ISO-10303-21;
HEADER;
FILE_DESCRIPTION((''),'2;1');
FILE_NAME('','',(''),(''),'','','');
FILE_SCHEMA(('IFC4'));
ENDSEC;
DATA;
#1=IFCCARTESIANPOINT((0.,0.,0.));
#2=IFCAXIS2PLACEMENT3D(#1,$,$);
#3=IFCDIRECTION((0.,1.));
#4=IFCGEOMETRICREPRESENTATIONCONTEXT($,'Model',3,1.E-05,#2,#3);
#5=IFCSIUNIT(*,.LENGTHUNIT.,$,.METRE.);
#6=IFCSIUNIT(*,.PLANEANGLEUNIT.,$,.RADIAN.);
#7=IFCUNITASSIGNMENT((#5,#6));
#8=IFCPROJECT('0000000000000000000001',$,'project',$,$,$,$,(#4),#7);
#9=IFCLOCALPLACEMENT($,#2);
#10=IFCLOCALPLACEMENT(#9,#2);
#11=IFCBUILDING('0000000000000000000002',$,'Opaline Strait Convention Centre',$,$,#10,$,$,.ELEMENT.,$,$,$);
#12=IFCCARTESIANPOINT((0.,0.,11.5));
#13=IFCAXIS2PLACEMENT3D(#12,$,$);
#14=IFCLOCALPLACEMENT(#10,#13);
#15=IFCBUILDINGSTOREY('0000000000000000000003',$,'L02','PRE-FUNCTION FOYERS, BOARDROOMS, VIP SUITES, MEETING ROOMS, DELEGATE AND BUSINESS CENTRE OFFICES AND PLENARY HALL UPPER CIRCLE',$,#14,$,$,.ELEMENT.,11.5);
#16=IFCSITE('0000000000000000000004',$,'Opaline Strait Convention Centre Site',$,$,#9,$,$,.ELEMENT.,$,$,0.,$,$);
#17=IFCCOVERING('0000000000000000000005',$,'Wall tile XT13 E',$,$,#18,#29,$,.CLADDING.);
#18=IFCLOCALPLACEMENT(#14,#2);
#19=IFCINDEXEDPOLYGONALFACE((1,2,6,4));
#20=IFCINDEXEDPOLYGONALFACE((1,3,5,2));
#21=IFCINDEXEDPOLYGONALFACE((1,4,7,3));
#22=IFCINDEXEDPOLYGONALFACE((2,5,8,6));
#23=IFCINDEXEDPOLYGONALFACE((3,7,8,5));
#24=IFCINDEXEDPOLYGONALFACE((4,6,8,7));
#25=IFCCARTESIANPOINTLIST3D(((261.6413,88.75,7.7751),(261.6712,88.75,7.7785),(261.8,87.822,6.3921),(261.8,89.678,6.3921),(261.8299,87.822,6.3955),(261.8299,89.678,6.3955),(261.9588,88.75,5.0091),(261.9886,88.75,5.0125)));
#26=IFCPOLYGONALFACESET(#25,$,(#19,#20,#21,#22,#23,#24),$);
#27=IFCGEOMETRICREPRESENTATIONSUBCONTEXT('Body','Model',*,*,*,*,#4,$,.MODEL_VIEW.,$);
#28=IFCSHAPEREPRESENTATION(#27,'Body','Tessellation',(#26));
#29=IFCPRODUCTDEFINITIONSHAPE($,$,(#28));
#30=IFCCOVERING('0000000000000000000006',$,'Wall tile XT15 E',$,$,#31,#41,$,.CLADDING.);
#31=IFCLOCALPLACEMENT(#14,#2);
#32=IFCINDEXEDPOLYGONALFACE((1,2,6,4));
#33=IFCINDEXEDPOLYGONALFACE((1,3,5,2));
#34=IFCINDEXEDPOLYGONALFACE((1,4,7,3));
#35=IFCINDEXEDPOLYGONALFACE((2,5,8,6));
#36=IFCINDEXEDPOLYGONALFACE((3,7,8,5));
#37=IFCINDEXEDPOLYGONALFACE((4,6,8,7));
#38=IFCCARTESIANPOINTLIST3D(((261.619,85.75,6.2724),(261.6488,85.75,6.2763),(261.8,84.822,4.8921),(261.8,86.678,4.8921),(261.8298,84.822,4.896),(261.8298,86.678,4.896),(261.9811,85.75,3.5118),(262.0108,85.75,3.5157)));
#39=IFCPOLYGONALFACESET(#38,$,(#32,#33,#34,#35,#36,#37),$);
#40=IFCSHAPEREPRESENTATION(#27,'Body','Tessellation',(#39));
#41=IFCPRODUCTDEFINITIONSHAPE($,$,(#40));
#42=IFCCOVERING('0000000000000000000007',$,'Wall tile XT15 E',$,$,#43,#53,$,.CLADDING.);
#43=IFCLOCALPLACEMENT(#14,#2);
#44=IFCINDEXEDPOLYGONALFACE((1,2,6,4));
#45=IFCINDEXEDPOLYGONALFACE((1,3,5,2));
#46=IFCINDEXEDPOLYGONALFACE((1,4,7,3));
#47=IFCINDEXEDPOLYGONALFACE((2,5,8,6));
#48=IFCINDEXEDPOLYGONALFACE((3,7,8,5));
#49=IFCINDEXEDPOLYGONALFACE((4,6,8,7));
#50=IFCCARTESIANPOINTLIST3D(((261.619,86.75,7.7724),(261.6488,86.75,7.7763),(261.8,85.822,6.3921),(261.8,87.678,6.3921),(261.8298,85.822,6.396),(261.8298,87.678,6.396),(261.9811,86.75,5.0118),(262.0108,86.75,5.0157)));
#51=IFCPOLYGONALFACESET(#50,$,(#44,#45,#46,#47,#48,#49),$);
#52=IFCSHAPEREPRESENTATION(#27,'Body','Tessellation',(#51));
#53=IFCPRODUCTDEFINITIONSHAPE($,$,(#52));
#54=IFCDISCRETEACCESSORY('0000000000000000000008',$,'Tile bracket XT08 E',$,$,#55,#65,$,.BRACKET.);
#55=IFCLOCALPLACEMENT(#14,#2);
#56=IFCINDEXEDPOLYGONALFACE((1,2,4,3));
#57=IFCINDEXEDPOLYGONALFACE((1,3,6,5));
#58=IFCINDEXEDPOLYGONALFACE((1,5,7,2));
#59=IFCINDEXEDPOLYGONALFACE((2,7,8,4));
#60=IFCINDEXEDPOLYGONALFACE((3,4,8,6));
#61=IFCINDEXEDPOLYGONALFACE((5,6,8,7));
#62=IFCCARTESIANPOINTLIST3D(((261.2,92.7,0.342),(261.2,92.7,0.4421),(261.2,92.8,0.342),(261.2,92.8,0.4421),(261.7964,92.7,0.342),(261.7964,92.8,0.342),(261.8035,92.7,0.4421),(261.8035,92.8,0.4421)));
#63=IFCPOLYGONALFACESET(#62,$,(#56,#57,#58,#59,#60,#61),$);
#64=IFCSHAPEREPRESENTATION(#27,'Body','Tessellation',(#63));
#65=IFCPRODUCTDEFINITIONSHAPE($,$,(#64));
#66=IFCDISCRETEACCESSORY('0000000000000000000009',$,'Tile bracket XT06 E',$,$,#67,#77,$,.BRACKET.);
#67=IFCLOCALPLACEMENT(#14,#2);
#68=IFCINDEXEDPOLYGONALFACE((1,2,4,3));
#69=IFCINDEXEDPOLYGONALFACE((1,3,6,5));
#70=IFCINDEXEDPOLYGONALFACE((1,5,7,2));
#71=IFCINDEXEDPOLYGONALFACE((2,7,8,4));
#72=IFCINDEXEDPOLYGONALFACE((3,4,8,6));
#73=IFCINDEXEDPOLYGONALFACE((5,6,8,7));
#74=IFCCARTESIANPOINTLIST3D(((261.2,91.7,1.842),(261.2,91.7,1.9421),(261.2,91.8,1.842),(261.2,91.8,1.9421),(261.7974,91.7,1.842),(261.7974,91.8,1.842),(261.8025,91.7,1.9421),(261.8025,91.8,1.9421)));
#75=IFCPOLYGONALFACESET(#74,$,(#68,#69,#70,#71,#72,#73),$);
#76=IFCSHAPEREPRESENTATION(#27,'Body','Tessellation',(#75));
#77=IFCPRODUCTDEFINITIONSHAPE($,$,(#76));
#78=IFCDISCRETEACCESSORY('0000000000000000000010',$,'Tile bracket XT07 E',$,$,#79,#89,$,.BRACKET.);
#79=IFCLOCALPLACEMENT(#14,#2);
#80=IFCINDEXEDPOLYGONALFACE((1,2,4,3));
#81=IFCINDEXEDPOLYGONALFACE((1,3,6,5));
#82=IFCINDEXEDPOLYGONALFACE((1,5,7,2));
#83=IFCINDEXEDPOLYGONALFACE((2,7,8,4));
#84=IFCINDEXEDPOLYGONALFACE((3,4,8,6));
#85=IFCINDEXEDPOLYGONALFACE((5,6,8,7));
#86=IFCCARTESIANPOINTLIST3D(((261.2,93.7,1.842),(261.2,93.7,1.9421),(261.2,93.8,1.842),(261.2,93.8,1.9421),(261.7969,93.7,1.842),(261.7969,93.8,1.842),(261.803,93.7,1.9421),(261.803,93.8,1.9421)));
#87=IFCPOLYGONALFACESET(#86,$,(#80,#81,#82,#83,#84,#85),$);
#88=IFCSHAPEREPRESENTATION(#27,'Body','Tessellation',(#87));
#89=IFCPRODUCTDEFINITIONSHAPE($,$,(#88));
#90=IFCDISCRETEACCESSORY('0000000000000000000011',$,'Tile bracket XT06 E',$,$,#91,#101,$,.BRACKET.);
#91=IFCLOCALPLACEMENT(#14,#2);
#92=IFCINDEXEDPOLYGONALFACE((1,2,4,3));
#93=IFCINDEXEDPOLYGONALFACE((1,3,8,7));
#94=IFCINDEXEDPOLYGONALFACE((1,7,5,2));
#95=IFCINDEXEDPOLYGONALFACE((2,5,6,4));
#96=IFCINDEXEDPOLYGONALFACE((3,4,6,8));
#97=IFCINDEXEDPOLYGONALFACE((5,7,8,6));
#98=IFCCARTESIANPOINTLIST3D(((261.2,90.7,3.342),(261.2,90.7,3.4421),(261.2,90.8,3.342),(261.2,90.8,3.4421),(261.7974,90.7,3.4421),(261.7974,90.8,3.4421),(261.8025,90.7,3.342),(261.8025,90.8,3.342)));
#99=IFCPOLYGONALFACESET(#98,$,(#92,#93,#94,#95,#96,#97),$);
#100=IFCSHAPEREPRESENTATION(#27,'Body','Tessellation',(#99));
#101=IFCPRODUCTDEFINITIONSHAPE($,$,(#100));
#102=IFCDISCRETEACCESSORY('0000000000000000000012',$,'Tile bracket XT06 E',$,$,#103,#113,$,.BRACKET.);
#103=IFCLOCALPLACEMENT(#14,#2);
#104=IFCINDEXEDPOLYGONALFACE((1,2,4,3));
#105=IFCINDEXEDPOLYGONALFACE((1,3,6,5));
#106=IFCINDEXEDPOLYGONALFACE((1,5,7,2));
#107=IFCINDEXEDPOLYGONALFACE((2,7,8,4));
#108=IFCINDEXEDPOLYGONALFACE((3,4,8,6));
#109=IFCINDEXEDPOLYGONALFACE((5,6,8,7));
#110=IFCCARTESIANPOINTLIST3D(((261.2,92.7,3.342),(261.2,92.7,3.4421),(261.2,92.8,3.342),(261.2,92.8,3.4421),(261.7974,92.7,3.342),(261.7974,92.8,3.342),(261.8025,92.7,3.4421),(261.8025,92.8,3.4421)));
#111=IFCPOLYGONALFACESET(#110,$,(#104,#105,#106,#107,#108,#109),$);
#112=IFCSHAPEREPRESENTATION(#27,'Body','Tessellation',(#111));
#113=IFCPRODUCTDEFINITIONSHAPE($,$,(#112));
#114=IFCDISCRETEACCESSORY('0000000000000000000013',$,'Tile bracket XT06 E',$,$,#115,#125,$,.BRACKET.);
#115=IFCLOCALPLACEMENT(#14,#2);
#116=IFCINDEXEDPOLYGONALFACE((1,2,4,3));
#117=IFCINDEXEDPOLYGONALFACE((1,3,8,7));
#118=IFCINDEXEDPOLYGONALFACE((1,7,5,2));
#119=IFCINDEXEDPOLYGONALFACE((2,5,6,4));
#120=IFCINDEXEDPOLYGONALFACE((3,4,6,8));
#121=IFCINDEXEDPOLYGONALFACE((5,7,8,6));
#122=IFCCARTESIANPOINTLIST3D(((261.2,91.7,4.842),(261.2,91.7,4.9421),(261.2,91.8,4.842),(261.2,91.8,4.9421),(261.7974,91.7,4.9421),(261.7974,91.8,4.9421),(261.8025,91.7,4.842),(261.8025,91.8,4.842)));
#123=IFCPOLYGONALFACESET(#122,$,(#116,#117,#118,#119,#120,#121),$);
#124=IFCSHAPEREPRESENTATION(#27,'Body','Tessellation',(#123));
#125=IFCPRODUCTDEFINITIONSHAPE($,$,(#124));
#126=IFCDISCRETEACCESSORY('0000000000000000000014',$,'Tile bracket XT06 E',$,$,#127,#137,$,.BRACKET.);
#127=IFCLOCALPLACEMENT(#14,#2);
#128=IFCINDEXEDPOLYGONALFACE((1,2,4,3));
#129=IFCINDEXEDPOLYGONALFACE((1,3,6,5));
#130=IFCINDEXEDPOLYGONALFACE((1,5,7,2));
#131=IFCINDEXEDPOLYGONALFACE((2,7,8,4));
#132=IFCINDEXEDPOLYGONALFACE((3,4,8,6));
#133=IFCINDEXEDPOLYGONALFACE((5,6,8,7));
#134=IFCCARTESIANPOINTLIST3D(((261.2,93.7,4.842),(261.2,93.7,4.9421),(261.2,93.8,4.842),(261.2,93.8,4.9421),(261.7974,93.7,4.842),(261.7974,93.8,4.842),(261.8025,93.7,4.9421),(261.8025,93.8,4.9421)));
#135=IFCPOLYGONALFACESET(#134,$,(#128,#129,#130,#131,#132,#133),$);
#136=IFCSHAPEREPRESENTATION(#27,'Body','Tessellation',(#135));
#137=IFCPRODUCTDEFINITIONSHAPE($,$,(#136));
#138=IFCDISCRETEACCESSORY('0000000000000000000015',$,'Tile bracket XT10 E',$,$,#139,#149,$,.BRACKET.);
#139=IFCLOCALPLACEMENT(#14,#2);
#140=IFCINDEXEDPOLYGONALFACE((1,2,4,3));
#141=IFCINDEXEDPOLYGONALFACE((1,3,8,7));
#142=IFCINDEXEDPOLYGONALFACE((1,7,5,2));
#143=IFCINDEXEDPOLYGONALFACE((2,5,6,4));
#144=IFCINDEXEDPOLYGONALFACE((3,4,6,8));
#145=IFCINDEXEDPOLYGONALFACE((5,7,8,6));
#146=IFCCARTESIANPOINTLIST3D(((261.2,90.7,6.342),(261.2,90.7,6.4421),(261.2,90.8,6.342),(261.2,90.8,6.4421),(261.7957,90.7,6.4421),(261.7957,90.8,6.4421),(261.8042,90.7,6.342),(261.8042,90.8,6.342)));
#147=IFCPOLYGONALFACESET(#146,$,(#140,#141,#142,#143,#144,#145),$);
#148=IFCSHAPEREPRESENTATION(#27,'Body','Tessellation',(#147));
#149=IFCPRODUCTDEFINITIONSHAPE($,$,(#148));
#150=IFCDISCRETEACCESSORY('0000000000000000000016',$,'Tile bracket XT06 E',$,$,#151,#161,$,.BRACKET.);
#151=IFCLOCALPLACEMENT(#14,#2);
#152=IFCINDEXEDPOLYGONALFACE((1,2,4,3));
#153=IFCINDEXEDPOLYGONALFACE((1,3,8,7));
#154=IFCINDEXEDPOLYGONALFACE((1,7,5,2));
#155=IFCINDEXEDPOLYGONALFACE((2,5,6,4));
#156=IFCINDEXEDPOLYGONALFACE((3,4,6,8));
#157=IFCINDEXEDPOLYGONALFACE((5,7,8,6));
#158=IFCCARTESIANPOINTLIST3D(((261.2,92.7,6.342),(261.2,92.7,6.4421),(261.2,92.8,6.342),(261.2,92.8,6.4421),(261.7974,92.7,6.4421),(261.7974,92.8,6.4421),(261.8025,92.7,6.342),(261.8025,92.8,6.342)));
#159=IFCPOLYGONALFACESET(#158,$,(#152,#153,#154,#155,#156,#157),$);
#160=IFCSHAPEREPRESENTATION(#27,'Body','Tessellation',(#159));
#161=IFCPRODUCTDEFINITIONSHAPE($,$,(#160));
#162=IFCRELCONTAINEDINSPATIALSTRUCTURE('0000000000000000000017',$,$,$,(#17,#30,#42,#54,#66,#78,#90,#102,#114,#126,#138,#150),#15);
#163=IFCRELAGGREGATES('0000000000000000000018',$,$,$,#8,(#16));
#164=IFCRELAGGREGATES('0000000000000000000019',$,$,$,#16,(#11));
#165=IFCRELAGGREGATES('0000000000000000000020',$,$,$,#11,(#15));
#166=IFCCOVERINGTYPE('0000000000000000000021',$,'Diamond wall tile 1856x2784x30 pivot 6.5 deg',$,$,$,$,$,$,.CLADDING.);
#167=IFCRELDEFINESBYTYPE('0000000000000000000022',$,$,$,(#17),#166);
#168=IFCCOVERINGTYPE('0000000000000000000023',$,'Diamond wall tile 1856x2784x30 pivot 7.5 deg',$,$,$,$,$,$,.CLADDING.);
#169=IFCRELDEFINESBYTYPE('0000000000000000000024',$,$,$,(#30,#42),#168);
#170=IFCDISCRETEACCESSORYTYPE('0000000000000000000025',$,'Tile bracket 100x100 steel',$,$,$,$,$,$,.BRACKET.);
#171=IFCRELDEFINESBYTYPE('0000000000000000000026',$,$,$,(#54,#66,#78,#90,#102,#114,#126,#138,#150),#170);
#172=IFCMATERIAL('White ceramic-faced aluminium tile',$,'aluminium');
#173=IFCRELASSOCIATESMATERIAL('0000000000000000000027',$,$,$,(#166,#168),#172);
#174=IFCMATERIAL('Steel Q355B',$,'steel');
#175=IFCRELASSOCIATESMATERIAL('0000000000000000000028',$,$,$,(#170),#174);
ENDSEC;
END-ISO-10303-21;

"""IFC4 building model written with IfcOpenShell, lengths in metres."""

from ifc_helpers import new_model, si_unit, direction, frame, origin, place, context, subcontext, project, spatial, polyline, outline, extrude, material, material_profile, profile_set, type_object, element, save


model = new_model("IFC4")

# Units and contexts
model_context = context("Model", 3, precision=1e-05, world=origin(), true_north=direction((0.0, 1.0)))
body_context = subcontext(model_context, "Body", "Model", "MODEL_VIEW")
ifc_project = project(units=[si_unit("LENGTHUNIT", "METRE"), si_unit("PLANEANGLEUNIT", "RADIAN")], contexts=[model_context])

# Site, building, storey
site_placement = place(None, origin())
site = spatial("IfcSite", under=ifc_project, at=site_placement, Name="Opaline Strait Convention Centre Site", CompositionType="ELEMENT", RefElevation=0.0)
building_placement = place(site_placement, origin())
building = spatial("IfcBuilding", under=site, at=building_placement, Name="Opaline Strait Convention Centre", CompositionType="ELEMENT")
storey_placement = place(building_placement, frame((0.0, 0.0, 11.5)))
storey = spatial("IfcBuildingStorey", under=building, at=storey_placement, Name="L02", Description="PRE-FUNCTION FOYERS, BOARDROOMS, VIP SUITES, MEETING ROOMS, DELEGATE AND BUSINESS CENTRE OFFICES AND PLENARY HALL UPPER CIRCLE", CompositionType="ELEMENT", Elevation=11.5)

# Shared definitions
ifc_material_1 = material(Name="Steel Q355B", Category="steel")

# Coverings
ifc_material_2 = material(Name="White ceramic-faced aluminium tile", Category="aluminium")
ifc_material_profile_1 = material_profile(ifc_material_2, outline(polyline([(0.928, 0.0), (0.0, 1.3921), (-0.928, 0.0), (0.0, -1.3921), (0.928, 0.0)])), Name="Diamond tile 1856x2784")
ifc_profile_set_1 = profile_set([ifc_material_profile_1], Name="White ceramic-faced aluminium tile")
covering_type_1 = type_object("IfcCoveringType", Name="Diamond wall tile 1856x2784x30 pivot 6.5 deg", PredefinedType="CLADDING", material=ifc_profile_set_1)
for number, where, z_axis, x_axis, name in (
    (1, (261.8, 88.75, 6.3921), (0.99348, 0.0, 0.114006), (0.0, 1.0, 0.0), "Wall tile XT13 E"),
):
    element("IfcCovering", number, at=place(storey_placement, frame(where, z_axis=z_axis, x_axis=x_axis)), inside=storey, type_object=covering_type_1, Name=name, PredefinedType="CLADDING", context=body_context, shape_type="SweptSolid", body=[
        extrude(outline(polyline([(0.928, 0.0), (0.0, 1.3921), (-0.928, 0.0), (0.0, -1.3921), (0.928, 0.0)])), origin(), (0.0, 0.0, 1.0), 0.03),
    ])
ifc_material_profile_2 = material_profile(ifc_material_2, outline(polyline([(0.928, 0.0), (0.0, 1.3921), (-0.928, 0.0), (0.0, -1.3921), (0.928, 0.0)])), Name="Diamond tile 1856x2784")
ifc_profile_set_2 = profile_set([ifc_material_profile_2], Name="White ceramic-faced aluminium tile")
covering_type_2 = type_object("IfcCoveringType", Name="Diamond wall tile 1856x2784x30 pivot 7.5 deg", PredefinedType="CLADDING", material=ifc_profile_set_2)
for number, where, z_axis, x_axis, name in (
    (2, (261.8, 85.75, 4.8921), (0.99151, 0.0, 0.130034), (0.0, 1.0, 0.0), "Wall tile XT15 E"),
    (3, (261.8, 86.75, 6.3921), (0.99151, 0.0, 0.130034), (0.0, 1.0, 0.0), "Wall tile XT15 E"),
):
    element("IfcCovering", number, at=place(storey_placement, frame(where, z_axis=z_axis, x_axis=x_axis)), inside=storey, type_object=covering_type_2, Name=name, PredefinedType="CLADDING", context=body_context, shape_type="SweptSolid", body=[
        extrude(outline(polyline([(0.928, 0.0), (0.0, 1.3921), (-0.928, 0.0), (0.0, -1.3921), (0.928, 0.0)])), origin(), (0.0, 0.0, 1.0), 0.03),
    ])

# Discrete accessories
discrete_accessory_type = type_object("IfcDiscreteAccessoryType", Name="Tile bracket 100x100 steel", PredefinedType="BRACKET", material=ifc_material_1)
discrete_accessory_1_placement = place(storey_placement, frame((261.2, 92.7, 0.3921), z_axis=(0.0, 1.0, 0.0), x_axis=(-1.0, 0.0, 0.0)))
element("IfcDiscreteAccessory", 4, at=discrete_accessory_1_placement, inside=storey, type_object=discrete_accessory_type, Name="Tile bracket XT08 E", PredefinedType="BRACKET", context=body_context, shape_type="SweptSolid", body=[
    extrude(outline(polyline([(0.0, -0.05), (0.0, 0.05), (-0.6035, 0.05), (-0.5964, -0.05), (0.0, -0.05)])), origin(), (0.0, 0.0, 1.0), 0.1001),
])
discrete_accessory_2_placement = place(storey_placement, frame((261.2, 91.7, 1.8921), z_axis=(0.0, 1.0, 0.0), x_axis=(-1.0, 0.0, 0.0)))
element("IfcDiscreteAccessory", 5, at=discrete_accessory_2_placement, inside=storey, type_object=discrete_accessory_type, Name="Tile bracket XT06 E", PredefinedType="BRACKET", context=body_context, shape_type="SweptSolid", body=[
    extrude(outline(polyline([(0.0, -0.05), (0.0, 0.05), (-0.6025, 0.05), (-0.5974, -0.05), (0.0, -0.05)])), origin(), (0.0, 0.0, 1.0), 0.1001),
])
discrete_accessory_3_placement = place(storey_placement, frame((261.2, 93.7, 1.8921), z_axis=(0.0, 1.0, 0.0), x_axis=(-1.0, 0.0, 0.0)))
element("IfcDiscreteAccessory", 6, at=discrete_accessory_3_placement, inside=storey, type_object=discrete_accessory_type, Name="Tile bracket XT07 E", PredefinedType="BRACKET", context=body_context, shape_type="SweptSolid", body=[
    extrude(outline(polyline([(0.0, -0.05), (0.0, 0.05), (-0.603, 0.05), (-0.5969, -0.05), (0.0, -0.05)])), origin(), (0.0, 0.0, 1.0), 0.1001),
])
discrete_accessory_4_placement = place(storey_placement, frame((261.2, 90.7, 3.3921), z_axis=(0.0, 1.0, 0.0), x_axis=(-1.0, 0.0, 0.0)))
element("IfcDiscreteAccessory", 7, at=discrete_accessory_4_placement, inside=storey, type_object=discrete_accessory_type, Name="Tile bracket XT06 E", PredefinedType="BRACKET", context=body_context, shape_type="SweptSolid", body=[
    extrude(outline(polyline([(0.0, -0.05), (0.0, 0.05), (-0.5974, 0.05), (-0.6025, -0.05), (0.0, -0.05)])), origin(), (0.0, 0.0, 1.0), 0.1001),
])
discrete_accessory_5_placement = place(storey_placement, frame((261.2, 92.7, 3.3921), z_axis=(0.0, 1.0, 0.0), x_axis=(-1.0, 0.0, 0.0)))
element("IfcDiscreteAccessory", 8, at=discrete_accessory_5_placement, inside=storey, type_object=discrete_accessory_type, Name="Tile bracket XT06 E", PredefinedType="BRACKET", context=body_context, shape_type="SweptSolid", body=[
    extrude(outline(polyline([(0.0, -0.05), (0.0, 0.05), (-0.6025, 0.05), (-0.5974, -0.05), (0.0, -0.05)])), origin(), (0.0, 0.0, 1.0), 0.1001),
])
discrete_accessory_6_placement = place(storey_placement, frame((261.2, 91.7, 4.8921), z_axis=(0.0, 1.0, 0.0), x_axis=(-1.0, 0.0, 0.0)))
element("IfcDiscreteAccessory", 9, at=discrete_accessory_6_placement, inside=storey, type_object=discrete_accessory_type, Name="Tile bracket XT06 E", PredefinedType="BRACKET", context=body_context, shape_type="SweptSolid", body=[
    extrude(outline(polyline([(0.0, -0.05), (0.0, 0.05), (-0.5974, 0.05), (-0.6025, -0.05), (0.0, -0.05)])), origin(), (0.0, 0.0, 1.0), 0.1001),
])
discrete_accessory_7_placement = place(storey_placement, frame((261.2, 93.7, 4.8921), z_axis=(0.0, 1.0, 0.0), x_axis=(-1.0, 0.0, 0.0)))
element("IfcDiscreteAccessory", 10, at=discrete_accessory_7_placement, inside=storey, type_object=discrete_accessory_type, Name="Tile bracket XT06 E", PredefinedType="BRACKET", context=body_context, shape_type="SweptSolid", body=[
    extrude(outline(polyline([(0.0, -0.05), (0.0, 0.05), (-0.6025, 0.05), (-0.5974, -0.05), (0.0, -0.05)])), origin(), (0.0, 0.0, 1.0), 0.1001),
])
discrete_accessory_8_placement = place(storey_placement, frame((261.2, 90.7, 6.3921), z_axis=(0.0, 1.0, 0.0), x_axis=(-1.0, 0.0, 0.0)))
element("IfcDiscreteAccessory", 11, at=discrete_accessory_8_placement, inside=storey, type_object=discrete_accessory_type, Name="Tile bracket XT10 E", PredefinedType="BRACKET", context=body_context, shape_type="SweptSolid", body=[
    extrude(outline(polyline([(0.0, -0.05), (0.0, 0.05), (-0.5957, 0.05), (-0.6042, -0.05), (0.0, -0.05)])), origin(), (0.0, 0.0, 1.0), 0.1001),
])
discrete_accessory_9_placement = place(storey_placement, frame((261.2, 92.7, 6.3921), z_axis=(0.0, 1.0, 0.0), x_axis=(-1.0, 0.0, 0.0)))
element("IfcDiscreteAccessory", 12, at=discrete_accessory_9_placement, inside=storey, type_object=discrete_accessory_type, Name="Tile bracket XT06 E", PredefinedType="BRACKET", context=body_context, shape_type="SweptSolid", body=[
    extrude(outline(polyline([(0.0, -0.05), (0.0, 0.05), (-0.5974, 0.05), (-0.6025, -0.05), (0.0, -0.05)])), origin(), (0.0, 0.0, 1.0), 0.1001),
])

save(model, "model.ifc")
